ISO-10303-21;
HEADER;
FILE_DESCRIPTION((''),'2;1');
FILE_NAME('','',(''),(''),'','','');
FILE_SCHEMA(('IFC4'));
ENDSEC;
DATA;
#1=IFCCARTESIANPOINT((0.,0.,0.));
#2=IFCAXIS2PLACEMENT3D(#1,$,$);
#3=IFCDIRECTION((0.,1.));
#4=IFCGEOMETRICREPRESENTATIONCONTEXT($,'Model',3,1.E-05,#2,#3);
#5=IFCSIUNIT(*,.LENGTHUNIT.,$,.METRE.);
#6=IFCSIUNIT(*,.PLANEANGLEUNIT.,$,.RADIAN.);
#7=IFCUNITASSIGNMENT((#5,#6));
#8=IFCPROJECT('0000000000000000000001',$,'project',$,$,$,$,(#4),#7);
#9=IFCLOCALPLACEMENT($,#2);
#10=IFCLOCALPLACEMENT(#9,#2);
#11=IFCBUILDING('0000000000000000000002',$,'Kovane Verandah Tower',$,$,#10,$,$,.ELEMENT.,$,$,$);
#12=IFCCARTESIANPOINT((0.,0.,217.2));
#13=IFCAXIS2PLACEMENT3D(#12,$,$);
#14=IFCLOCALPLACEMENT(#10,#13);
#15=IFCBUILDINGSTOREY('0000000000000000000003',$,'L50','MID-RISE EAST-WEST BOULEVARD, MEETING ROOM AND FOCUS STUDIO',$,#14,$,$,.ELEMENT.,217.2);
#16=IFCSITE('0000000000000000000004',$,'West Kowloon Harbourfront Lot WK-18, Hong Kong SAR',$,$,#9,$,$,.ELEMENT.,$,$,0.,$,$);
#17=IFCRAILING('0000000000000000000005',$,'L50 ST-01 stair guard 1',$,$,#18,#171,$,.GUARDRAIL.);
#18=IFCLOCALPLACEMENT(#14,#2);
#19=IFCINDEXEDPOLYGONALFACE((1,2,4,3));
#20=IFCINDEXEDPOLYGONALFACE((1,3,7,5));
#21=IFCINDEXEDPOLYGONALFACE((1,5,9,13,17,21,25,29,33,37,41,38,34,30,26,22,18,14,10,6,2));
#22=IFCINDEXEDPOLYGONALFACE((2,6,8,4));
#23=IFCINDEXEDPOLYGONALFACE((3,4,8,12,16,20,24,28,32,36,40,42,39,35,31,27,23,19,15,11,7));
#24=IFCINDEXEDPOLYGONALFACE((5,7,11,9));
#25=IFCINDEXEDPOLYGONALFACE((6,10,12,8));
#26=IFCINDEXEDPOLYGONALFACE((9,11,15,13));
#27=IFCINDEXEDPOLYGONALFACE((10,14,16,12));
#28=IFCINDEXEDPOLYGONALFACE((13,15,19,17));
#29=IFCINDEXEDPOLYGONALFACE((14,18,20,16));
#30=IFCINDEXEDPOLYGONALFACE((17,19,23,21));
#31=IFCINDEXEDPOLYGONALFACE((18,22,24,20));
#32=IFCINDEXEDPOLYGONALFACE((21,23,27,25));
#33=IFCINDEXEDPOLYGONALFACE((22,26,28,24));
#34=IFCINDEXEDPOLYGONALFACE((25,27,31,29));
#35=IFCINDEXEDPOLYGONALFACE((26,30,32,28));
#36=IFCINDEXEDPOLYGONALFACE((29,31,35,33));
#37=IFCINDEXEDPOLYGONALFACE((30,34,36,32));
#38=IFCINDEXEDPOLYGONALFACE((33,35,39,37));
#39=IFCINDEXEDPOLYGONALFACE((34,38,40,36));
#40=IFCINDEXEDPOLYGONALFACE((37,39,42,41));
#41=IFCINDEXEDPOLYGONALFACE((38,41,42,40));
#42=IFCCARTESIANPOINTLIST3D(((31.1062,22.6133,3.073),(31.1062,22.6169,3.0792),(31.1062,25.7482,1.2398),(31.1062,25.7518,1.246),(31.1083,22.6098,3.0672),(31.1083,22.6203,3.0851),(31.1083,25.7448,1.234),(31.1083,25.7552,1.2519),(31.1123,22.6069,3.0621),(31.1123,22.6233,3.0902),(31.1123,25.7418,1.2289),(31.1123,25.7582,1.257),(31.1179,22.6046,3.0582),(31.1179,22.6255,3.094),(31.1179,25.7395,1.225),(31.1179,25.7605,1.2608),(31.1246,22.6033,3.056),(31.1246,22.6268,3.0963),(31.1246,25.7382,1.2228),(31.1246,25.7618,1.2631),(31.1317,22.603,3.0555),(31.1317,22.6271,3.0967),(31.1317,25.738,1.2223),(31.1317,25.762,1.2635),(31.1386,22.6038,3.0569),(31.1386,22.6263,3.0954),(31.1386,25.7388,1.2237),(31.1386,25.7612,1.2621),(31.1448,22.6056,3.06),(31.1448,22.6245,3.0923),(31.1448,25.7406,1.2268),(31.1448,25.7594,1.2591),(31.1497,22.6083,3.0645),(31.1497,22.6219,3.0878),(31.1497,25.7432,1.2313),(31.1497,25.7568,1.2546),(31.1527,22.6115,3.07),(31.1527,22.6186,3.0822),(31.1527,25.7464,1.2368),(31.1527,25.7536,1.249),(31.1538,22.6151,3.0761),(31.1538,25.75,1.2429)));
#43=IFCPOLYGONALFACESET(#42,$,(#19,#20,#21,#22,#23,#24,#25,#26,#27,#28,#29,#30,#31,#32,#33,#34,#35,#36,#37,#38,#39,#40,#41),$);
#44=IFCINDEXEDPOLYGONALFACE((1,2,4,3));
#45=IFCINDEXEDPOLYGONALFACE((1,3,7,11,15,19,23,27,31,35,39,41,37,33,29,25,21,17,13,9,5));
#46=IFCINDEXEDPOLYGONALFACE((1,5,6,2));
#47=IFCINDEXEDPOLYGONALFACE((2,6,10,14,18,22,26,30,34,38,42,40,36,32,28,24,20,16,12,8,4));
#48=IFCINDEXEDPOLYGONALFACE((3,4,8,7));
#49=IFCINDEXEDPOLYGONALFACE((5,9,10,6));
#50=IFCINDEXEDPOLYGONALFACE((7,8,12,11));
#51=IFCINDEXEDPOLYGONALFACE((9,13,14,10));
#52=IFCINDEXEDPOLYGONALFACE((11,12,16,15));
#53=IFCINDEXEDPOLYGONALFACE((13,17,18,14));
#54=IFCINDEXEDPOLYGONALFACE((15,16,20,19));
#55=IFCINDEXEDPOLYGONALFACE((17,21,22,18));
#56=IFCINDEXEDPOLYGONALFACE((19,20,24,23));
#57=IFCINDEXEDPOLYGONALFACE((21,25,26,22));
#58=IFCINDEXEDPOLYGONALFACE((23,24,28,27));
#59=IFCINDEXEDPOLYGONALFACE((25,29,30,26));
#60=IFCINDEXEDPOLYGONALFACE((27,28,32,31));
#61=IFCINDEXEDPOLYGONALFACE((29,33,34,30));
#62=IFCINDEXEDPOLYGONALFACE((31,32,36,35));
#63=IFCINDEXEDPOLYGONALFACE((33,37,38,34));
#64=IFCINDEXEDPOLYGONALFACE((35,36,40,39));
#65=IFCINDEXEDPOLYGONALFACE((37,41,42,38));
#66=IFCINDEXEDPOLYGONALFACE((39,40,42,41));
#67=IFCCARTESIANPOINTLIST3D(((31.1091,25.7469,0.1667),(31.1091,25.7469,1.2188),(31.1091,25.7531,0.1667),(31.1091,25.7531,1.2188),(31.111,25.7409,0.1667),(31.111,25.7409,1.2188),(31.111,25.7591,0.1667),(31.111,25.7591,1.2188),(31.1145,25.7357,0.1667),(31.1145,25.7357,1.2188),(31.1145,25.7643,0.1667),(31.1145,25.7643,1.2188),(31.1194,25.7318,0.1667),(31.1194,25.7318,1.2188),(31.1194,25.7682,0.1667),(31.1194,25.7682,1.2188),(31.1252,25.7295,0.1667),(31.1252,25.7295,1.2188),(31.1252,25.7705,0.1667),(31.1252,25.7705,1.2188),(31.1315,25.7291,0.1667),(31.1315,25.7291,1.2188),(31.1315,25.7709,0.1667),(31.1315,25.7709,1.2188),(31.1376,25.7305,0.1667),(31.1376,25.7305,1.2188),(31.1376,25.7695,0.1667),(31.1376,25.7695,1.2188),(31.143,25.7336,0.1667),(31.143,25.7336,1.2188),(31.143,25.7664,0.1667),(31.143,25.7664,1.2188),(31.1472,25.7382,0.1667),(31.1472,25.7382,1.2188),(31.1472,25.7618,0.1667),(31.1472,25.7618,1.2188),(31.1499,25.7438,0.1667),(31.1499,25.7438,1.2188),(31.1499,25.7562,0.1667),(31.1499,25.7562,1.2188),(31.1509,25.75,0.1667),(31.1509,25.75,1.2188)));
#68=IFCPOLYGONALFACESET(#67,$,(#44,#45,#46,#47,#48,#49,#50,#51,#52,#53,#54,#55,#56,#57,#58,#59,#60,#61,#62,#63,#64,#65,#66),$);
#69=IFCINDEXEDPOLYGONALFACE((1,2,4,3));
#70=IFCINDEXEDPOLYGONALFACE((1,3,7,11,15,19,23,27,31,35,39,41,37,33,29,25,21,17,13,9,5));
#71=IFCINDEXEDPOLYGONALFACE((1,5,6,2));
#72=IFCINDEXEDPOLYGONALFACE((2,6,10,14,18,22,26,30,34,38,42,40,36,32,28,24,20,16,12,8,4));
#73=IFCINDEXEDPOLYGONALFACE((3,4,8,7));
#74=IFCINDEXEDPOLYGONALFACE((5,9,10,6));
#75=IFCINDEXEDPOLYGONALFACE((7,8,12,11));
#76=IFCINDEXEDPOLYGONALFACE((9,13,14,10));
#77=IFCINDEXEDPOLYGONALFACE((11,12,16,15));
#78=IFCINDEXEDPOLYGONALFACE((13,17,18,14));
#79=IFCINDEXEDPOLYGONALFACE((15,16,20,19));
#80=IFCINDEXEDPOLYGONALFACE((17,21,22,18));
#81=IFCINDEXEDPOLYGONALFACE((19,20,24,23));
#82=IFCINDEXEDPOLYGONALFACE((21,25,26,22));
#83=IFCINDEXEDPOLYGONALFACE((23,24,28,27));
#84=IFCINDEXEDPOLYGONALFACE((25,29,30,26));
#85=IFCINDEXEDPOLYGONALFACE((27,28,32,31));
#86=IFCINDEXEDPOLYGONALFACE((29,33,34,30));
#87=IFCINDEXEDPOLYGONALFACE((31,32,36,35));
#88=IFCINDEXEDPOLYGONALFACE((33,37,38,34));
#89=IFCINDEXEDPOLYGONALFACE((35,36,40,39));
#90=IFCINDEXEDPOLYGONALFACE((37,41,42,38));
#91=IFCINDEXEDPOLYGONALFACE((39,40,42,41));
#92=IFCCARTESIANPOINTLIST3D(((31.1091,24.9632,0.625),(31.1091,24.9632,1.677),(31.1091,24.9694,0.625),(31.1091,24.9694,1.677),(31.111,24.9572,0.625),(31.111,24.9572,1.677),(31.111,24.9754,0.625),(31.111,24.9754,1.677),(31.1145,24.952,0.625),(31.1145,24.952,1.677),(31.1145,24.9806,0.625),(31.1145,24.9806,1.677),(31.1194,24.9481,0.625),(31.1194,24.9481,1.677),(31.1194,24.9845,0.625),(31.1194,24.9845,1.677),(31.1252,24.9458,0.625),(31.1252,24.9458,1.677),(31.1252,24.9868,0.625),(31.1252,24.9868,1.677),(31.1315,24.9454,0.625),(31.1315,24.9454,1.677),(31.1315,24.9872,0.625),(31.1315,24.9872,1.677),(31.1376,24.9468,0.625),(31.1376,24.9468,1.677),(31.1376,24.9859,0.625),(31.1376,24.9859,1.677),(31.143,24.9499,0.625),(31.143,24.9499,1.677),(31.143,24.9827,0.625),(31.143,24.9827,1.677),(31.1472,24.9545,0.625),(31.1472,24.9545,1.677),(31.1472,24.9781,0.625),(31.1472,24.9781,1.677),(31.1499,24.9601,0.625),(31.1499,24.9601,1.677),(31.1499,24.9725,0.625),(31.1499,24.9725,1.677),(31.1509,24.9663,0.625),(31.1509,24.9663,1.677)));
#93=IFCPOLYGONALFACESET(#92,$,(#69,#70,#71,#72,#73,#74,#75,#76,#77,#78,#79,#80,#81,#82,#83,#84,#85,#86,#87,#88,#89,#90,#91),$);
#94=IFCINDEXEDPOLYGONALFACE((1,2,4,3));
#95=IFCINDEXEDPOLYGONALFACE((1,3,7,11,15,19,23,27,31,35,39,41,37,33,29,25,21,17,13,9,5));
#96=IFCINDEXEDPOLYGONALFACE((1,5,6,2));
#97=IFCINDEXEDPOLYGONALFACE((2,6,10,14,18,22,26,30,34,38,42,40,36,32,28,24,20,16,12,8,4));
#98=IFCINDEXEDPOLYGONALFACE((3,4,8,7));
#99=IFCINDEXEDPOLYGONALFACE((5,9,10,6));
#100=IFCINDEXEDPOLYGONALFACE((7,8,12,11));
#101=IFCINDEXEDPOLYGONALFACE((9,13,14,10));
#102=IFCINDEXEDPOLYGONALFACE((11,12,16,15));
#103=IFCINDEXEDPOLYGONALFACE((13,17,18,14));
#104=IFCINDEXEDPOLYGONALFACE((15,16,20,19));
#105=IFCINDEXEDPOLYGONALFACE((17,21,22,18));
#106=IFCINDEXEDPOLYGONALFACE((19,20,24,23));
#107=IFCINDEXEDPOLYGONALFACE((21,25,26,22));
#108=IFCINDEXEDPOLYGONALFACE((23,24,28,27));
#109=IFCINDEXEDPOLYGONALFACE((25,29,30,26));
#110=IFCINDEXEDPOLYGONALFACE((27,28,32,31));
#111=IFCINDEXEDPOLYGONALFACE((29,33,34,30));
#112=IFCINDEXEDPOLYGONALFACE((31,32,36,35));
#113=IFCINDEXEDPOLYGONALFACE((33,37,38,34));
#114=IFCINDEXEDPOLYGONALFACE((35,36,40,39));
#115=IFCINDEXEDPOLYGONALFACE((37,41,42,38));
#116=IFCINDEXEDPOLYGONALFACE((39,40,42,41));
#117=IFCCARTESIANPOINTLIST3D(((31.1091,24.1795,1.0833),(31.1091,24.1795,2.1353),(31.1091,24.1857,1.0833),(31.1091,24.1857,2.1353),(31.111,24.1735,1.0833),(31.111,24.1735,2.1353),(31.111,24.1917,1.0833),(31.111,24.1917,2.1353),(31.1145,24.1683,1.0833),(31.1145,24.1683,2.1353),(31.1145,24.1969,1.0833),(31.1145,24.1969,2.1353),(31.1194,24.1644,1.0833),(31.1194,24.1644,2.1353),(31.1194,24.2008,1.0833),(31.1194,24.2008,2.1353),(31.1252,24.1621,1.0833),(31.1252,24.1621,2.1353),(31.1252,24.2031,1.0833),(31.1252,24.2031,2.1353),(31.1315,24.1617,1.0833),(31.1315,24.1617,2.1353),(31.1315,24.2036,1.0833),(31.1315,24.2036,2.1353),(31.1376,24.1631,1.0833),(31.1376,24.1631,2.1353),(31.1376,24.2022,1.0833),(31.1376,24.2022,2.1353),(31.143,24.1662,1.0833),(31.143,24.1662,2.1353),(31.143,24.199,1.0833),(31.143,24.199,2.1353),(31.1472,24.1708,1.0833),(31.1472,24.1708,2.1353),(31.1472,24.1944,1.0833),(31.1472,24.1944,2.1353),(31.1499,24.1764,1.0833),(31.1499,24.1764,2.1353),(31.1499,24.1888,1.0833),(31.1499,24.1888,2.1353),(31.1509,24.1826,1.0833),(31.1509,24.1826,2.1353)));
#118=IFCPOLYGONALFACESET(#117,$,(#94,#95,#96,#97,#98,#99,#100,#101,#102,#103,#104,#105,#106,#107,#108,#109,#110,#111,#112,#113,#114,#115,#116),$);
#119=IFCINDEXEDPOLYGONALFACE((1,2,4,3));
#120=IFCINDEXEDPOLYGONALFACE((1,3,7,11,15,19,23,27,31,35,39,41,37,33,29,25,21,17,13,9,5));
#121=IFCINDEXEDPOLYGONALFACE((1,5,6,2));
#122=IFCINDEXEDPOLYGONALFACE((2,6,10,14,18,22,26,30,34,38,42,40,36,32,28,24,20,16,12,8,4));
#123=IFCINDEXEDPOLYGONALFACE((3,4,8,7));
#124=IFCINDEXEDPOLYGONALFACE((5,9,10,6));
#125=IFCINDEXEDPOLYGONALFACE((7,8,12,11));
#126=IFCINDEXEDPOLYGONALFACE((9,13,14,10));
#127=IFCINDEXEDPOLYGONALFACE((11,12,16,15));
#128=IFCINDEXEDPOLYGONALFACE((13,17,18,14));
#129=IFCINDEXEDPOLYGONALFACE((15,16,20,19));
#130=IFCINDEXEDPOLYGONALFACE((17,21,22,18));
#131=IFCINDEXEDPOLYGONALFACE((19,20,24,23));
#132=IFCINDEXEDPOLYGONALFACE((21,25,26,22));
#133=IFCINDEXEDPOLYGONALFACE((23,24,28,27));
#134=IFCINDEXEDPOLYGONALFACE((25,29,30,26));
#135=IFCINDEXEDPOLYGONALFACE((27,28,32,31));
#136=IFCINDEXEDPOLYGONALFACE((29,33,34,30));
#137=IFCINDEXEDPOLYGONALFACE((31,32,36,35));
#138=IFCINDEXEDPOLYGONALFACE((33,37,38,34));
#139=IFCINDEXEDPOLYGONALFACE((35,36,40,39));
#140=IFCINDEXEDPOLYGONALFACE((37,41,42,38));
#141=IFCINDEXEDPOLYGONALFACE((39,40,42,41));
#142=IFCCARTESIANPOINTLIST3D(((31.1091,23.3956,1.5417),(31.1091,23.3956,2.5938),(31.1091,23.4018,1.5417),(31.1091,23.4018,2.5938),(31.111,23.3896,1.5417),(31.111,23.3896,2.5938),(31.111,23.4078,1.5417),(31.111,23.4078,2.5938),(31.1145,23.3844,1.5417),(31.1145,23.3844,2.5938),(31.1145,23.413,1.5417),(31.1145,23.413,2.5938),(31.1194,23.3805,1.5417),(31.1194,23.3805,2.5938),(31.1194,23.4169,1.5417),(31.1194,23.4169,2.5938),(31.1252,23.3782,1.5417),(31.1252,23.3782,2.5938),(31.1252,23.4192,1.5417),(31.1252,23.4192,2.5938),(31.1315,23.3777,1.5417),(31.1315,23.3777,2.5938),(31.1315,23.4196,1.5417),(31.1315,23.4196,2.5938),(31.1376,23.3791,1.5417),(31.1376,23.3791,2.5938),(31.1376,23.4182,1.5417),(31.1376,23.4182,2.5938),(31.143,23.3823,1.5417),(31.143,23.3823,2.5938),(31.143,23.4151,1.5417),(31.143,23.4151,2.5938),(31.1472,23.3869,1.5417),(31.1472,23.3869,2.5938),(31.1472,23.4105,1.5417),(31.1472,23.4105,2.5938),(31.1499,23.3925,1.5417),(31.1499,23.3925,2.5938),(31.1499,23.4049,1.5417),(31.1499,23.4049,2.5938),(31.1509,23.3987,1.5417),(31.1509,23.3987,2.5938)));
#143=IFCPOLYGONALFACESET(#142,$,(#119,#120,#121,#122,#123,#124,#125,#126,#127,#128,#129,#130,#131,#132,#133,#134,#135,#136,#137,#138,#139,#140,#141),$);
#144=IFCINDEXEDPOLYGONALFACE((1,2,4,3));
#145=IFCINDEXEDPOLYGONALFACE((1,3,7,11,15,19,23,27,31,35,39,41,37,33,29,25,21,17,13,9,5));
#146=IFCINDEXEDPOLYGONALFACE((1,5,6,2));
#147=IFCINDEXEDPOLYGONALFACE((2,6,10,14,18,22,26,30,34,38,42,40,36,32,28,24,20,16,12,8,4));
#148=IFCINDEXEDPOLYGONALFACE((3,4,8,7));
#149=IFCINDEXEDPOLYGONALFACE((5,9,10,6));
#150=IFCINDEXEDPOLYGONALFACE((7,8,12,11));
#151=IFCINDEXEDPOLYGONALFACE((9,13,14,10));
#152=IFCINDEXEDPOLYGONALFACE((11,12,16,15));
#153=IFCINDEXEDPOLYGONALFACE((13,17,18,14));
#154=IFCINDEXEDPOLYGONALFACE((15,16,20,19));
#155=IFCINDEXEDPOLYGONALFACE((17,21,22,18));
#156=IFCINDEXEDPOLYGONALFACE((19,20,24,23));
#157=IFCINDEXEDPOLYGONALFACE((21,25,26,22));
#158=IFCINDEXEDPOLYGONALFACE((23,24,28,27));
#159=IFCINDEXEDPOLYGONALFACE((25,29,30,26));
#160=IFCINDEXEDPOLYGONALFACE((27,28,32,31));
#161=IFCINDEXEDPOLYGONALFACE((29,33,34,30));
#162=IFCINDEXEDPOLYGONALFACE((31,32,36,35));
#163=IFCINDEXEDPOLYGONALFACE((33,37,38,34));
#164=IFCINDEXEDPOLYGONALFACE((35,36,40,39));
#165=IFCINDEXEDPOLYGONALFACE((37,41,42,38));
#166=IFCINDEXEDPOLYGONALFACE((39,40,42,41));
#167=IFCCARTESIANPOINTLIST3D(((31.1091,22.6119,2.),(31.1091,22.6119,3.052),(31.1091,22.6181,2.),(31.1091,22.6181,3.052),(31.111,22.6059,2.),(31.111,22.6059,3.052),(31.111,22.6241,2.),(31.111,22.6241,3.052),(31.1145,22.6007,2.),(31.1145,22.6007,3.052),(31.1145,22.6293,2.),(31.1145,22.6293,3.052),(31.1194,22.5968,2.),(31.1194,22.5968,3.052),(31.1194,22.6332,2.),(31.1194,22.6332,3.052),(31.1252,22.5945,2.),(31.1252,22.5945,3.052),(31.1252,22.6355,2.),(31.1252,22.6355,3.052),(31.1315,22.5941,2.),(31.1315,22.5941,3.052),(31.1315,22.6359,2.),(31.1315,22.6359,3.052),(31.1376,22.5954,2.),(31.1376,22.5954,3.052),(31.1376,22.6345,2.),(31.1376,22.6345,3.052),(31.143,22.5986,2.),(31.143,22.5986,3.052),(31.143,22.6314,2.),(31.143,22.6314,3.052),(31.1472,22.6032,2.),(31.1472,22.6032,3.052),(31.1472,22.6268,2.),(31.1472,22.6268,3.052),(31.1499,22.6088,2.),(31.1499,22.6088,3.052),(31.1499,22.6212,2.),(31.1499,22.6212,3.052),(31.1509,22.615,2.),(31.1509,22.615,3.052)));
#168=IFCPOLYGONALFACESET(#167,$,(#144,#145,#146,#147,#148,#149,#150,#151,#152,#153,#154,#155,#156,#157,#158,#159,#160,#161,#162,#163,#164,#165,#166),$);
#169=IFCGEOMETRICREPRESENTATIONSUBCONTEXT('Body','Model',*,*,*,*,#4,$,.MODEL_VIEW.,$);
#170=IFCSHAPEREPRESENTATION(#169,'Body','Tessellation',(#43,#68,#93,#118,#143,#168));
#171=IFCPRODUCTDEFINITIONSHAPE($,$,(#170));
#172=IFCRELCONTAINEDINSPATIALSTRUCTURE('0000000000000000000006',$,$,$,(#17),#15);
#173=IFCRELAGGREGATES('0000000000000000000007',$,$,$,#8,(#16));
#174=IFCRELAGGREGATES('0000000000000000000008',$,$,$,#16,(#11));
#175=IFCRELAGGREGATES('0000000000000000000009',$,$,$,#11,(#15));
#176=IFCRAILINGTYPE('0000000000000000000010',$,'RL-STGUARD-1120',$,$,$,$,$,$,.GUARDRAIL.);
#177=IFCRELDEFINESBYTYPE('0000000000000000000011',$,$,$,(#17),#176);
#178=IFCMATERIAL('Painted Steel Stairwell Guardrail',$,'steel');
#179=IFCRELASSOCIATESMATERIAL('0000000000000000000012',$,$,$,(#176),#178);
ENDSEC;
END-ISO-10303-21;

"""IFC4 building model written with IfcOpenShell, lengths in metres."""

from ifc_helpers import new_model, si_unit, direction, frame, origin, origin_2d, place, context, subcontext, project, spatial, circle, extrude, material, type_object, element, save


model = new_model("IFC4")

# Units and contexts
model_context = context("Model", 3, precision=1e-05, world=origin(), true_north=direction((0.0, 1.0)))
body_context = subcontext(model_context, "Body", "Model", "MODEL_VIEW")
ifc_project = project(units=[si_unit("LENGTHUNIT", "METRE"), si_unit("PLANEANGLEUNIT", "RADIAN")], contexts=[model_context])

# Site, building, storey
site_placement = place(None, origin())
site = spatial("IfcSite", under=ifc_project, at=site_placement, Name="West Kowloon Harbourfront Lot WK-18, Hong Kong SAR", CompositionType="ELEMENT", RefElevation=0.0)
building_placement = place(site_placement, origin())
building = spatial("IfcBuilding", under=site, at=building_placement, Name="Kovane Verandah Tower", CompositionType="ELEMENT")
storey_placement = place(building_placement, frame((0.0, 0.0, 217.2)))
storey = spatial("IfcBuildingStorey", under=building, at=storey_placement, Name="L50", Description="MID-RISE EAST-WEST BOULEVARD, MEETING ROOM AND FOCUS STUDIO", CompositionType="ELEMENT", Elevation=217.2)

# Railing
ifc_material_1 = material(Name="Painted Steel Stairwell Guardrail", Category="steel")
railing_type_1 = type_object("IfcRailingType", Name="RL-STGUARD-1120", PredefinedType="GUARDRAIL", material=ifc_material_1)
railing_1_placement = place(storey_placement, frame((31.1299, 25.75, 0.1667)))
element("IfcRailing", 1, at=railing_1_placement, inside=storey, type_object=railing_type_1, Name="L50 ST-01 stair guard 1", PredefinedType="GUARDRAIL", context=body_context, shape_type="SweptSolid", body=[
    extrude(circle(Radius=0.0239, at=origin_2d()), frame((0.0, 0.0, 1.0762), z_axis=(0.0, -0.86324, 0.504794), x_axis=(1.0, 0.0, 0.0)), (0.0, 0.0, 1.0), 3.6316),
    extrude(circle(Radius=0.021, at=origin_2d()), origin(), (0.0, 0.0, 1.0), 1.052),
    extrude(circle(Radius=0.021, at=origin_2d()), frame((0.0, -0.7837, 0.4583)), (0.0, 0.0, 1.0), 1.052),
    extrude(circle(Radius=0.021, at=origin_2d()), frame((0.0, -1.5674, 0.9165)), (0.0, 0.0, 1.0), 1.052),
    extrude(circle(Radius=0.021, at=origin_2d()), frame((0.0, -2.3513, 1.375)), (0.0, 0.0, 1.0), 1.052),
    extrude(circle(Radius=0.021, at=origin_2d()), frame((0.0, -3.135, 1.8333)), (0.0, 0.0, 1.0), 1.052),
])

save(model, "model.ifc")
